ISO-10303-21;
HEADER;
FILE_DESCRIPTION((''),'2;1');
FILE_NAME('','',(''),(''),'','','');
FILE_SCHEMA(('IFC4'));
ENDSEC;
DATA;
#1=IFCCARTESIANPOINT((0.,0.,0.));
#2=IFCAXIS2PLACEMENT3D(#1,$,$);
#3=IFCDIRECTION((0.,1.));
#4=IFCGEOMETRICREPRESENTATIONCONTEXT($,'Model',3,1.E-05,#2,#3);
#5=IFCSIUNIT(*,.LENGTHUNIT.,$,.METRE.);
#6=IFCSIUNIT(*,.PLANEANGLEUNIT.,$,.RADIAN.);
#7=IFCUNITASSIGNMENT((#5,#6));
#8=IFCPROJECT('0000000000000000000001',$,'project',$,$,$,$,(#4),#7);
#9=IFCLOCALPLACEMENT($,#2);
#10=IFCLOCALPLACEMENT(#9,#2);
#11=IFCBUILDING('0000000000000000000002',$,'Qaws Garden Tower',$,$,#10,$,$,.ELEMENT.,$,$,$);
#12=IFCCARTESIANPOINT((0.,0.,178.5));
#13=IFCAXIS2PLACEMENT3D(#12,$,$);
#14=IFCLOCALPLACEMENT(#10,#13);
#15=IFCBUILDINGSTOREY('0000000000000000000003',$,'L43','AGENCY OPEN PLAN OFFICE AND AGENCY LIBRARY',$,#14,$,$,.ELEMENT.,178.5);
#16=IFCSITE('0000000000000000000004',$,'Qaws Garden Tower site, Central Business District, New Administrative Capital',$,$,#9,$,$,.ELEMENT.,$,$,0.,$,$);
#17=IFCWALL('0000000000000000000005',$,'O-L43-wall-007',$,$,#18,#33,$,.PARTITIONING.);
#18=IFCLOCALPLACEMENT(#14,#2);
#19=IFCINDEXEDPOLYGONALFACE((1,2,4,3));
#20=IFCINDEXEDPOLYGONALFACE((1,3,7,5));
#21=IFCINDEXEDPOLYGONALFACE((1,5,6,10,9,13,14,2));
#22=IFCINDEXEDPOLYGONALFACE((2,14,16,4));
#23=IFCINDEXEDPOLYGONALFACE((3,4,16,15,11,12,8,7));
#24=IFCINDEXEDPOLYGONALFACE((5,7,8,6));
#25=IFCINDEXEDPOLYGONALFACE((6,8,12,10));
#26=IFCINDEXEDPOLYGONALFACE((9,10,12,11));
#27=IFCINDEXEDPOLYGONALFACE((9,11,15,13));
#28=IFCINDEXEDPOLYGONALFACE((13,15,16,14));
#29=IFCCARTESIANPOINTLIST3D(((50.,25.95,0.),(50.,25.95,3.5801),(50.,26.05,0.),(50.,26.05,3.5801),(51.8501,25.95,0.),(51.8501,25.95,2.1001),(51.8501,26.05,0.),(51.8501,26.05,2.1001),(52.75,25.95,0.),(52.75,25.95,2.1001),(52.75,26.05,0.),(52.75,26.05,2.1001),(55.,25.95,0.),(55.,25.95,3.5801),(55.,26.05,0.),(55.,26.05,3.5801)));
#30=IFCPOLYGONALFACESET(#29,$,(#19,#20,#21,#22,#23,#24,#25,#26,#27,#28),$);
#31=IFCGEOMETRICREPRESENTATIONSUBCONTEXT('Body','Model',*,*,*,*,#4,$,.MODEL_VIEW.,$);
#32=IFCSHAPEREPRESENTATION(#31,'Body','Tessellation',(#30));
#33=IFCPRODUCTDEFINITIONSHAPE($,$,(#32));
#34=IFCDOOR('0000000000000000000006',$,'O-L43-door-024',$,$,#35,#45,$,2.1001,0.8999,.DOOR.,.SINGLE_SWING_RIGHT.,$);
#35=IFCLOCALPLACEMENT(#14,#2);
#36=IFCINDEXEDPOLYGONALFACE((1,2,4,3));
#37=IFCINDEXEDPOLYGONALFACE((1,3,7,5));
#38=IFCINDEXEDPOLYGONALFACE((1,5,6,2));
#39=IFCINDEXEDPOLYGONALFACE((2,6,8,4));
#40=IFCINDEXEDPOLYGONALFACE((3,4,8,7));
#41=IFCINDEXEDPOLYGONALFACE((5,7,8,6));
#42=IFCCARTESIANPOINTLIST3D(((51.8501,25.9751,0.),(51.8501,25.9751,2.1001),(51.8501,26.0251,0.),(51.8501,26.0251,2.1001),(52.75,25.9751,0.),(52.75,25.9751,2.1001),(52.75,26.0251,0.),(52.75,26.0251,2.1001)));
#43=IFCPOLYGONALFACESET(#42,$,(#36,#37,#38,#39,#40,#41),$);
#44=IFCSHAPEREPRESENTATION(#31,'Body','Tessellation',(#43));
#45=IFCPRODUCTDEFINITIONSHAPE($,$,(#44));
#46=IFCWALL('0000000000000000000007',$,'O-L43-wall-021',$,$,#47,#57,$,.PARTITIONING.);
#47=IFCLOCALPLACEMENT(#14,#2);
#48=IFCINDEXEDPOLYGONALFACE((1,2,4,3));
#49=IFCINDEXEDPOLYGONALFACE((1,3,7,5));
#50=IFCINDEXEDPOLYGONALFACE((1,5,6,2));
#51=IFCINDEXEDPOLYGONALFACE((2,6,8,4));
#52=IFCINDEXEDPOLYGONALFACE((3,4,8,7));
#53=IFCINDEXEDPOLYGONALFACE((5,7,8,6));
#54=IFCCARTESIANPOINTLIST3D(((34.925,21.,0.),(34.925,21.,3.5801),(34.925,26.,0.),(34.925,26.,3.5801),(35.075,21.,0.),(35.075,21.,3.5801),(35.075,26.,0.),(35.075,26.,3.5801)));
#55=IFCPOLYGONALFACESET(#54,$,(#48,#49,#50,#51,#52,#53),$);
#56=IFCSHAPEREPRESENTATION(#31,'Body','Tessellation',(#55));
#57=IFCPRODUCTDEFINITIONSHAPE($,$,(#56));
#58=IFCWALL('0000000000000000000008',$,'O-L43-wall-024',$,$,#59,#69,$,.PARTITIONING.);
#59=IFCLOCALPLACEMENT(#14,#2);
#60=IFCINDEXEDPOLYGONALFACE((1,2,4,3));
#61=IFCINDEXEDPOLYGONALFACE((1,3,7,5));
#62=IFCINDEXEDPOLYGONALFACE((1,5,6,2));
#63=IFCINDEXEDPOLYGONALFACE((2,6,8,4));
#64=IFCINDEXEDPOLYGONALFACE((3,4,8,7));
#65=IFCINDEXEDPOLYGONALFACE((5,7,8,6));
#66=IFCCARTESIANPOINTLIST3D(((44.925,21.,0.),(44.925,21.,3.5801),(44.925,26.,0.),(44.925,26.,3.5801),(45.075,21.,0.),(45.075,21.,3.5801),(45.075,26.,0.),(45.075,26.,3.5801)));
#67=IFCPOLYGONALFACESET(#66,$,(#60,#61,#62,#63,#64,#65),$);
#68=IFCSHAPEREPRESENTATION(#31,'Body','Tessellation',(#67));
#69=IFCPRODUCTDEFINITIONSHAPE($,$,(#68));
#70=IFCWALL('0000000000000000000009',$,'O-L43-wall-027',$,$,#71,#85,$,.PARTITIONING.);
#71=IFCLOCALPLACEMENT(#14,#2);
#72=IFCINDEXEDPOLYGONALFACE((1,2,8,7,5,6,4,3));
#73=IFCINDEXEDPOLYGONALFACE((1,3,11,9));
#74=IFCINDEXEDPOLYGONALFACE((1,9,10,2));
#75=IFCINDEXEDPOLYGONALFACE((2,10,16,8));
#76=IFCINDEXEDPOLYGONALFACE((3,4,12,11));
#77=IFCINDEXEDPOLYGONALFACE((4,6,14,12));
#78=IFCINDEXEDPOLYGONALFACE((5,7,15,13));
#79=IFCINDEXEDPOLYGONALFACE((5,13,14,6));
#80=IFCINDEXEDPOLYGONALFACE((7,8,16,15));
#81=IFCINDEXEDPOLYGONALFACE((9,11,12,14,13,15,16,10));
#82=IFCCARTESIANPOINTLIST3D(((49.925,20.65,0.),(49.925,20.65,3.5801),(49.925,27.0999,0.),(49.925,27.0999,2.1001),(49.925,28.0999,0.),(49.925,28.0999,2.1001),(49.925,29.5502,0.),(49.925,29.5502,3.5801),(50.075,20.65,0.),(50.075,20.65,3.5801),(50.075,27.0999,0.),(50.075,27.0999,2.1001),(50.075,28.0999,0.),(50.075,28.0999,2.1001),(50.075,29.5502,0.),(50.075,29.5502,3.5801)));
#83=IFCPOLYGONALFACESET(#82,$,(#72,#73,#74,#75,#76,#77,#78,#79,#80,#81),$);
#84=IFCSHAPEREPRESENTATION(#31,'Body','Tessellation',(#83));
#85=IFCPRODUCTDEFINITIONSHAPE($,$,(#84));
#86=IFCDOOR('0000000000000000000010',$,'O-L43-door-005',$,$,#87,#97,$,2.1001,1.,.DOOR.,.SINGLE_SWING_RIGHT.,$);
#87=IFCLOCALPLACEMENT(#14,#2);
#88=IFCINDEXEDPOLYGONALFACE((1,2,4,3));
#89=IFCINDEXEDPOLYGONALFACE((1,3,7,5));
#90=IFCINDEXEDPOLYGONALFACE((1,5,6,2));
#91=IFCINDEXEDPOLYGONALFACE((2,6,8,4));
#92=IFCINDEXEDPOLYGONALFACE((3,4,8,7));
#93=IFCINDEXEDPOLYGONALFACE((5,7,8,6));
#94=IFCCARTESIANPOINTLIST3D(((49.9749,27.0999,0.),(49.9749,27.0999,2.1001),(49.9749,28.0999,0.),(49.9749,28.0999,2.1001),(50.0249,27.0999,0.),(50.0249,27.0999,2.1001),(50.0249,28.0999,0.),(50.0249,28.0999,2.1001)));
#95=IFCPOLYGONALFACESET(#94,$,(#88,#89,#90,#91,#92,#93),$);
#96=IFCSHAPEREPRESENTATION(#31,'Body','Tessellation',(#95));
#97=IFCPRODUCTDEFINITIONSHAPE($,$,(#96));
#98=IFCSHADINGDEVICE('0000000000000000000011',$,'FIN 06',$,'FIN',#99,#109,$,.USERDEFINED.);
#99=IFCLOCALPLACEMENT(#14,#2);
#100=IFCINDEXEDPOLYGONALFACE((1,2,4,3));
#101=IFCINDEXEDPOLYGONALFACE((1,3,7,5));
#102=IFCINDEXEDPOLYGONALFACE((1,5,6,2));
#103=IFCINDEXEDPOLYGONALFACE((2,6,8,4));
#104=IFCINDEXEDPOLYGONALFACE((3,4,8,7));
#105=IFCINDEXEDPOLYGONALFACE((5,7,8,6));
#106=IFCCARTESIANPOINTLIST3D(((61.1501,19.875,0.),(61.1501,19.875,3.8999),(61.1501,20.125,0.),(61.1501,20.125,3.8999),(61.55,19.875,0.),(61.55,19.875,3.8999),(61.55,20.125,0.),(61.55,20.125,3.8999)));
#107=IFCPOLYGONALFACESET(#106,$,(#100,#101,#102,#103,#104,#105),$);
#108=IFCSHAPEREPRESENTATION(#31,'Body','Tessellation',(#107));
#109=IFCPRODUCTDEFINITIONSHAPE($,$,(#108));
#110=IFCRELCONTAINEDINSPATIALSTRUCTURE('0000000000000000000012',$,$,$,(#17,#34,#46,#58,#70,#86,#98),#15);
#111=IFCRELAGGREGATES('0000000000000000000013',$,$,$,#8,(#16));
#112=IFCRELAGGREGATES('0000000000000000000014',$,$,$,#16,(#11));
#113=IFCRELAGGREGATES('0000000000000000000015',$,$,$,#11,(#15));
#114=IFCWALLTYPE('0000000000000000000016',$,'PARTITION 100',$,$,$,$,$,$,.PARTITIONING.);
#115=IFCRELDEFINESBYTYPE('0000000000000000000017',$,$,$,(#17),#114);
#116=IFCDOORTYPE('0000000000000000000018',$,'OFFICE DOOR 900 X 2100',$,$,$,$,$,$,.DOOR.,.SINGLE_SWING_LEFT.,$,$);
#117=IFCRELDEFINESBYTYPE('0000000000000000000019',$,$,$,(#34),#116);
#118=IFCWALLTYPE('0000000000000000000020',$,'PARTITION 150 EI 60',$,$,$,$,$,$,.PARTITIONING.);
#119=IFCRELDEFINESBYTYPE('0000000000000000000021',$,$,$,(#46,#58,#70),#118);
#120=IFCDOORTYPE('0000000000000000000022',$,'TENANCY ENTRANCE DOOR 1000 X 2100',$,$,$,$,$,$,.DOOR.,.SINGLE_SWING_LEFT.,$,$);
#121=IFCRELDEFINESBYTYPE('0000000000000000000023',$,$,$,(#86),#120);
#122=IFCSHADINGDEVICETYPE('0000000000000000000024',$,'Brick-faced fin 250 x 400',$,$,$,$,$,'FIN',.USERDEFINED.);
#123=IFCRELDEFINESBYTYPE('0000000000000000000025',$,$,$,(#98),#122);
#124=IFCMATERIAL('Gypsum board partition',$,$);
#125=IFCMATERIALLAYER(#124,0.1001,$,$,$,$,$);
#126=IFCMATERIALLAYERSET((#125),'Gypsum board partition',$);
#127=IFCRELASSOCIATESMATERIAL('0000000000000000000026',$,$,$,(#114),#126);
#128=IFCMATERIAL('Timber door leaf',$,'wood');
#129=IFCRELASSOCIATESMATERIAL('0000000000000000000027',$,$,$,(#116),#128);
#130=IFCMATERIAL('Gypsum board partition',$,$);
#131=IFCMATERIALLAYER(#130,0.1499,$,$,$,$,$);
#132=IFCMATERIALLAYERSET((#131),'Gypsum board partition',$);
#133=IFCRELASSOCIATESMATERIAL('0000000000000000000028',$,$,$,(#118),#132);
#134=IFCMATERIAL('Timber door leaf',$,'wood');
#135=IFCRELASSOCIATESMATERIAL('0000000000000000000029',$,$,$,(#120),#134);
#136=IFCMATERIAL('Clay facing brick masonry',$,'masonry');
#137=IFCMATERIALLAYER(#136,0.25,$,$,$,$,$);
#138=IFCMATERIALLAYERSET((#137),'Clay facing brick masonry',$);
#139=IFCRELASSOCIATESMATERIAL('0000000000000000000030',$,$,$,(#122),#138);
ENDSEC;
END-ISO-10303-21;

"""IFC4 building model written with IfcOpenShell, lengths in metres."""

from ifc_helpers import new_model, si_unit, direction, frame, frame_2d, origin, origin_2d, place, context, subcontext, project, spatial, rectangle, extrude, material, layer, layer_set, type_object, element, fill, save


model = new_model("IFC4")

# Units and contexts
model_context = context("Model", 3, precision=1e-05, world=origin(), true_north=direction((0.0, 1.0)))
body_context = subcontext(model_context, "Body", "Model", "MODEL_VIEW")
ifc_project = project(units=[si_unit("LENGTHUNIT", "METRE"), si_unit("PLANEANGLEUNIT", "RADIAN")], contexts=[model_context])

# Site, building, storey
site_placement = place(None, origin())
site = spatial("IfcSite", under=ifc_project, at=site_placement, Name="Qaws Garden Tower site, Central Business District, New Administrative Capital", CompositionType="ELEMENT", RefElevation=0.0)
building_placement = place(site_placement, origin())
building = spatial("IfcBuilding", under=site, at=building_placement, Name="Qaws Garden Tower", CompositionType="ELEMENT")
storey_placement = place(building_placement, frame((0.0, 0.0, 178.5)))
storey = spatial("IfcBuildingStorey", under=building, at=storey_placement, Name="L43", Description="AGENCY OPEN PLAN OFFICE AND AGENCY LIBRARY", CompositionType="ELEMENT", Elevation=178.5)

# Shared definitions
ifc_material_1 = material(Name="Gypsum board partition")
ifc_layer_1 = layer(ifc_material_1, 0.1001)
ifc_layer_set_1 = layer_set([ifc_layer_1], Name="Gypsum board partition")
wall_type_1 = type_object("IfcWallType", Name="PARTITION 100", PredefinedType="PARTITIONING", material=ifc_layer_set_1)

# Wall, opening, door
wall_1_placement = place(storey_placement, frame((50.0, 26.0, 0.0), z_axis=(0.0, 0.0, 1.0), x_axis=(1.0, 0.0, 0.0)))
wall_1 = element("IfcWall", 1, at=wall_1_placement, inside=storey, type_object=wall_type_1, Name="O-L43-wall-007", PredefinedType="PARTITIONING", context=body_context, shape_type="SweptSolid", body=[
    extrude(rectangle(XDim=5.0, YDim=0.1001, at=frame_2d((2.5, 0.0))), origin(), (0.0, 0.0, 1.0), 3.5801),
])
opening_1_placement = place(wall_1_placement, frame((1.8501, 0.0, 0.0)))
opening_1 = element("IfcOpeningElement", 2, at=opening_1_placement, cuts=wall_1, PredefinedType="OPENING", context=body_context, shape_type="SweptSolid", body=[
    extrude(rectangle(XDim=0.8999, YDim=2.1001, at=frame_2d((0.45, 1.05))), frame((0.0, 0.0601, 0.0), z_axis=(0.0, -1.0, 0.0), x_axis=(1.0, 0.0, 0.0)), (0.0, 0.0, 1.0), 0.1201),
])
ifc_material_2 = material(Name="Timber door leaf", Category="wood")
door_type_1 = type_object("IfcDoorType", Name="OFFICE DOOR 900 X 2100", OperationType="SINGLE_SWING_LEFT", PredefinedType="DOOR", material=ifc_material_2)
door_1_placement = place(opening_1_placement, frame((0.8999, 0.0, 0.0), z_axis=(0.0, 0.0, 1.0), x_axis=(-1.0, 0.0, 0.0)))
door_1 = element("IfcDoor", 3, at=door_1_placement, inside=storey, type_object=door_type_1, Name="O-L43-door-024", OperationType="SINGLE_SWING_RIGHT", OverallHeight=2.1001, OverallWidth=0.8999, PredefinedType="DOOR", context=body_context, shape_type="SweptSolid", body=[
    extrude(rectangle(XDim=0.8999, YDim=2.1001, at=frame_2d((0.45, 1.05))), frame((0.0, 0.0249, 0.0), z_axis=(0.0, -1.0, 0.0), x_axis=(1.0, 0.0, 0.0)), (0.0, 0.0, 1.0), 0.05),
])
fill(opening_1, door_1)

# Walls
ifc_material_3 = material(Name="Gypsum board partition")
ifc_layer_2 = layer(ifc_material_3, 0.1499)
ifc_layer_set_2 = layer_set([ifc_layer_2], Name="Gypsum board partition")
wall_type_2 = type_object("IfcWallType", Name="PARTITION 150 EI 60", PredefinedType="PARTITIONING", material=ifc_layer_set_2)
for number, where, z_axis, x_axis, name in (
    (4, (35.0, 21.0, 0.0), (0.0, 0.0, 1.0), (0.0, 1.0, 0.0), "O-L43-wall-021"),
    (5, (45.0, 21.0, 0.0), (0.0, 0.0, 1.0), (0.0, 1.0, 0.0), "O-L43-wall-024"),
):
    element("IfcWall", number, at=place(storey_placement, frame(where, z_axis=z_axis, x_axis=x_axis)), inside=storey, type_object=wall_type_2, Name=name, PredefinedType="PARTITIONING", context=body_context, shape_type="SweptSolid", body=[
        extrude(rectangle(XDim=5.0, YDim=0.1499, at=frame_2d((2.5, 0.0))), origin(), (0.0, 0.0, 1.0), 3.5801),
    ])

# Wall, opening, door
wall_2_placement = place(storey_placement, frame((50.0, 20.6499, 0.0), z_axis=(0.0, 0.0, 1.0), x_axis=(0.0, 1.0, 0.0)))
wall_2 = element("IfcWall", 6, at=wall_2_placement, inside=storey, type_object=wall_type_2, Name="O-L43-wall-027", PredefinedType="PARTITIONING", context=body_context, shape_type="SweptSolid", body=[
    extrude(rectangle(XDim=8.9001, YDim=0.1499, at=frame_2d((4.4502, 0.0))), origin(), (0.0, 0.0, 1.0), 3.5801),
])
opening_2_placement = place(wall_2_placement, frame((6.45, 0.0, 0.0)))
opening_2 = element("IfcOpeningElement", 7, at=opening_2_placement, cuts=wall_2, PredefinedType="OPENING", context=body_context, shape_type="SweptSolid", body=[
    extrude(rectangle(XDim=1.0, YDim=2.1001, at=frame_2d((0.5, 1.05))), frame((0.0, 0.085, 0.0), z_axis=(0.0, -1.0, 0.0), x_axis=(1.0, 0.0, 0.0)), (0.0, 0.0, 1.0), 0.1699),
])
ifc_material_4 = material(Name="Timber door leaf", Category="wood")
door_type_2 = type_object("IfcDoorType", Name="TENANCY ENTRANCE DOOR 1000 X 2100", OperationType="SINGLE_SWING_LEFT", PredefinedType="DOOR", material=ifc_material_4)
door_2_placement = place(opening_2_placement, frame((1.0, 0.0, 0.0), z_axis=(0.0, 0.0, 1.0), x_axis=(-1.0, 0.0, 0.0)))
door_2 = element("IfcDoor", 8, at=door_2_placement, inside=storey, type_object=door_type_2, Name="O-L43-door-005", OperationType="SINGLE_SWING_RIGHT", OverallHeight=2.1001, OverallWidth=1.0, PredefinedType="DOOR", context=body_context, shape_type="SweptSolid", body=[
    extrude(rectangle(XDim=1.0, YDim=2.1001, at=frame_2d((0.5, 1.05))), frame((0.0, 0.0249, 0.0), z_axis=(0.0, -1.0, 0.0), x_axis=(1.0, 0.0, 0.0)), (0.0, 0.0, 1.0), 0.05),
])
fill(opening_2, door_2)

# Shading device
ifc_material_5 = material(Name="Clay facing brick masonry", Category="masonry")
ifc_layer_3 = layer(ifc_material_5, 0.25)
ifc_layer_set_3 = layer_set([ifc_layer_3], Name="Clay facing brick masonry")
shading_device_type = type_object("IfcShadingDeviceType", Name="Brick-faced fin 250 x 400", ElementType="FIN", PredefinedType="USERDEFINED", material=ifc_layer_set_3)
shading_device_placement = place(storey_placement, frame((61.3501, 20.0, 0.0), z_axis=(0.0, 0.0, 1.0), x_axis=(0.0, 1.0, 0.0)))
element("IfcShadingDevice", 9, at=shading_device_placement, inside=storey, type_object=shading_device_type, Name="FIN 06", ObjectType="FIN", PredefinedType="USERDEFINED", context=body_context, shape_type="SweptSolid", body=[
    extrude(rectangle(XDim=0.25, YDim=0.3999, at=origin_2d()), origin(), (0.0, 0.0, 1.0), 3.8999),
])

save(model, "model.ifc")
